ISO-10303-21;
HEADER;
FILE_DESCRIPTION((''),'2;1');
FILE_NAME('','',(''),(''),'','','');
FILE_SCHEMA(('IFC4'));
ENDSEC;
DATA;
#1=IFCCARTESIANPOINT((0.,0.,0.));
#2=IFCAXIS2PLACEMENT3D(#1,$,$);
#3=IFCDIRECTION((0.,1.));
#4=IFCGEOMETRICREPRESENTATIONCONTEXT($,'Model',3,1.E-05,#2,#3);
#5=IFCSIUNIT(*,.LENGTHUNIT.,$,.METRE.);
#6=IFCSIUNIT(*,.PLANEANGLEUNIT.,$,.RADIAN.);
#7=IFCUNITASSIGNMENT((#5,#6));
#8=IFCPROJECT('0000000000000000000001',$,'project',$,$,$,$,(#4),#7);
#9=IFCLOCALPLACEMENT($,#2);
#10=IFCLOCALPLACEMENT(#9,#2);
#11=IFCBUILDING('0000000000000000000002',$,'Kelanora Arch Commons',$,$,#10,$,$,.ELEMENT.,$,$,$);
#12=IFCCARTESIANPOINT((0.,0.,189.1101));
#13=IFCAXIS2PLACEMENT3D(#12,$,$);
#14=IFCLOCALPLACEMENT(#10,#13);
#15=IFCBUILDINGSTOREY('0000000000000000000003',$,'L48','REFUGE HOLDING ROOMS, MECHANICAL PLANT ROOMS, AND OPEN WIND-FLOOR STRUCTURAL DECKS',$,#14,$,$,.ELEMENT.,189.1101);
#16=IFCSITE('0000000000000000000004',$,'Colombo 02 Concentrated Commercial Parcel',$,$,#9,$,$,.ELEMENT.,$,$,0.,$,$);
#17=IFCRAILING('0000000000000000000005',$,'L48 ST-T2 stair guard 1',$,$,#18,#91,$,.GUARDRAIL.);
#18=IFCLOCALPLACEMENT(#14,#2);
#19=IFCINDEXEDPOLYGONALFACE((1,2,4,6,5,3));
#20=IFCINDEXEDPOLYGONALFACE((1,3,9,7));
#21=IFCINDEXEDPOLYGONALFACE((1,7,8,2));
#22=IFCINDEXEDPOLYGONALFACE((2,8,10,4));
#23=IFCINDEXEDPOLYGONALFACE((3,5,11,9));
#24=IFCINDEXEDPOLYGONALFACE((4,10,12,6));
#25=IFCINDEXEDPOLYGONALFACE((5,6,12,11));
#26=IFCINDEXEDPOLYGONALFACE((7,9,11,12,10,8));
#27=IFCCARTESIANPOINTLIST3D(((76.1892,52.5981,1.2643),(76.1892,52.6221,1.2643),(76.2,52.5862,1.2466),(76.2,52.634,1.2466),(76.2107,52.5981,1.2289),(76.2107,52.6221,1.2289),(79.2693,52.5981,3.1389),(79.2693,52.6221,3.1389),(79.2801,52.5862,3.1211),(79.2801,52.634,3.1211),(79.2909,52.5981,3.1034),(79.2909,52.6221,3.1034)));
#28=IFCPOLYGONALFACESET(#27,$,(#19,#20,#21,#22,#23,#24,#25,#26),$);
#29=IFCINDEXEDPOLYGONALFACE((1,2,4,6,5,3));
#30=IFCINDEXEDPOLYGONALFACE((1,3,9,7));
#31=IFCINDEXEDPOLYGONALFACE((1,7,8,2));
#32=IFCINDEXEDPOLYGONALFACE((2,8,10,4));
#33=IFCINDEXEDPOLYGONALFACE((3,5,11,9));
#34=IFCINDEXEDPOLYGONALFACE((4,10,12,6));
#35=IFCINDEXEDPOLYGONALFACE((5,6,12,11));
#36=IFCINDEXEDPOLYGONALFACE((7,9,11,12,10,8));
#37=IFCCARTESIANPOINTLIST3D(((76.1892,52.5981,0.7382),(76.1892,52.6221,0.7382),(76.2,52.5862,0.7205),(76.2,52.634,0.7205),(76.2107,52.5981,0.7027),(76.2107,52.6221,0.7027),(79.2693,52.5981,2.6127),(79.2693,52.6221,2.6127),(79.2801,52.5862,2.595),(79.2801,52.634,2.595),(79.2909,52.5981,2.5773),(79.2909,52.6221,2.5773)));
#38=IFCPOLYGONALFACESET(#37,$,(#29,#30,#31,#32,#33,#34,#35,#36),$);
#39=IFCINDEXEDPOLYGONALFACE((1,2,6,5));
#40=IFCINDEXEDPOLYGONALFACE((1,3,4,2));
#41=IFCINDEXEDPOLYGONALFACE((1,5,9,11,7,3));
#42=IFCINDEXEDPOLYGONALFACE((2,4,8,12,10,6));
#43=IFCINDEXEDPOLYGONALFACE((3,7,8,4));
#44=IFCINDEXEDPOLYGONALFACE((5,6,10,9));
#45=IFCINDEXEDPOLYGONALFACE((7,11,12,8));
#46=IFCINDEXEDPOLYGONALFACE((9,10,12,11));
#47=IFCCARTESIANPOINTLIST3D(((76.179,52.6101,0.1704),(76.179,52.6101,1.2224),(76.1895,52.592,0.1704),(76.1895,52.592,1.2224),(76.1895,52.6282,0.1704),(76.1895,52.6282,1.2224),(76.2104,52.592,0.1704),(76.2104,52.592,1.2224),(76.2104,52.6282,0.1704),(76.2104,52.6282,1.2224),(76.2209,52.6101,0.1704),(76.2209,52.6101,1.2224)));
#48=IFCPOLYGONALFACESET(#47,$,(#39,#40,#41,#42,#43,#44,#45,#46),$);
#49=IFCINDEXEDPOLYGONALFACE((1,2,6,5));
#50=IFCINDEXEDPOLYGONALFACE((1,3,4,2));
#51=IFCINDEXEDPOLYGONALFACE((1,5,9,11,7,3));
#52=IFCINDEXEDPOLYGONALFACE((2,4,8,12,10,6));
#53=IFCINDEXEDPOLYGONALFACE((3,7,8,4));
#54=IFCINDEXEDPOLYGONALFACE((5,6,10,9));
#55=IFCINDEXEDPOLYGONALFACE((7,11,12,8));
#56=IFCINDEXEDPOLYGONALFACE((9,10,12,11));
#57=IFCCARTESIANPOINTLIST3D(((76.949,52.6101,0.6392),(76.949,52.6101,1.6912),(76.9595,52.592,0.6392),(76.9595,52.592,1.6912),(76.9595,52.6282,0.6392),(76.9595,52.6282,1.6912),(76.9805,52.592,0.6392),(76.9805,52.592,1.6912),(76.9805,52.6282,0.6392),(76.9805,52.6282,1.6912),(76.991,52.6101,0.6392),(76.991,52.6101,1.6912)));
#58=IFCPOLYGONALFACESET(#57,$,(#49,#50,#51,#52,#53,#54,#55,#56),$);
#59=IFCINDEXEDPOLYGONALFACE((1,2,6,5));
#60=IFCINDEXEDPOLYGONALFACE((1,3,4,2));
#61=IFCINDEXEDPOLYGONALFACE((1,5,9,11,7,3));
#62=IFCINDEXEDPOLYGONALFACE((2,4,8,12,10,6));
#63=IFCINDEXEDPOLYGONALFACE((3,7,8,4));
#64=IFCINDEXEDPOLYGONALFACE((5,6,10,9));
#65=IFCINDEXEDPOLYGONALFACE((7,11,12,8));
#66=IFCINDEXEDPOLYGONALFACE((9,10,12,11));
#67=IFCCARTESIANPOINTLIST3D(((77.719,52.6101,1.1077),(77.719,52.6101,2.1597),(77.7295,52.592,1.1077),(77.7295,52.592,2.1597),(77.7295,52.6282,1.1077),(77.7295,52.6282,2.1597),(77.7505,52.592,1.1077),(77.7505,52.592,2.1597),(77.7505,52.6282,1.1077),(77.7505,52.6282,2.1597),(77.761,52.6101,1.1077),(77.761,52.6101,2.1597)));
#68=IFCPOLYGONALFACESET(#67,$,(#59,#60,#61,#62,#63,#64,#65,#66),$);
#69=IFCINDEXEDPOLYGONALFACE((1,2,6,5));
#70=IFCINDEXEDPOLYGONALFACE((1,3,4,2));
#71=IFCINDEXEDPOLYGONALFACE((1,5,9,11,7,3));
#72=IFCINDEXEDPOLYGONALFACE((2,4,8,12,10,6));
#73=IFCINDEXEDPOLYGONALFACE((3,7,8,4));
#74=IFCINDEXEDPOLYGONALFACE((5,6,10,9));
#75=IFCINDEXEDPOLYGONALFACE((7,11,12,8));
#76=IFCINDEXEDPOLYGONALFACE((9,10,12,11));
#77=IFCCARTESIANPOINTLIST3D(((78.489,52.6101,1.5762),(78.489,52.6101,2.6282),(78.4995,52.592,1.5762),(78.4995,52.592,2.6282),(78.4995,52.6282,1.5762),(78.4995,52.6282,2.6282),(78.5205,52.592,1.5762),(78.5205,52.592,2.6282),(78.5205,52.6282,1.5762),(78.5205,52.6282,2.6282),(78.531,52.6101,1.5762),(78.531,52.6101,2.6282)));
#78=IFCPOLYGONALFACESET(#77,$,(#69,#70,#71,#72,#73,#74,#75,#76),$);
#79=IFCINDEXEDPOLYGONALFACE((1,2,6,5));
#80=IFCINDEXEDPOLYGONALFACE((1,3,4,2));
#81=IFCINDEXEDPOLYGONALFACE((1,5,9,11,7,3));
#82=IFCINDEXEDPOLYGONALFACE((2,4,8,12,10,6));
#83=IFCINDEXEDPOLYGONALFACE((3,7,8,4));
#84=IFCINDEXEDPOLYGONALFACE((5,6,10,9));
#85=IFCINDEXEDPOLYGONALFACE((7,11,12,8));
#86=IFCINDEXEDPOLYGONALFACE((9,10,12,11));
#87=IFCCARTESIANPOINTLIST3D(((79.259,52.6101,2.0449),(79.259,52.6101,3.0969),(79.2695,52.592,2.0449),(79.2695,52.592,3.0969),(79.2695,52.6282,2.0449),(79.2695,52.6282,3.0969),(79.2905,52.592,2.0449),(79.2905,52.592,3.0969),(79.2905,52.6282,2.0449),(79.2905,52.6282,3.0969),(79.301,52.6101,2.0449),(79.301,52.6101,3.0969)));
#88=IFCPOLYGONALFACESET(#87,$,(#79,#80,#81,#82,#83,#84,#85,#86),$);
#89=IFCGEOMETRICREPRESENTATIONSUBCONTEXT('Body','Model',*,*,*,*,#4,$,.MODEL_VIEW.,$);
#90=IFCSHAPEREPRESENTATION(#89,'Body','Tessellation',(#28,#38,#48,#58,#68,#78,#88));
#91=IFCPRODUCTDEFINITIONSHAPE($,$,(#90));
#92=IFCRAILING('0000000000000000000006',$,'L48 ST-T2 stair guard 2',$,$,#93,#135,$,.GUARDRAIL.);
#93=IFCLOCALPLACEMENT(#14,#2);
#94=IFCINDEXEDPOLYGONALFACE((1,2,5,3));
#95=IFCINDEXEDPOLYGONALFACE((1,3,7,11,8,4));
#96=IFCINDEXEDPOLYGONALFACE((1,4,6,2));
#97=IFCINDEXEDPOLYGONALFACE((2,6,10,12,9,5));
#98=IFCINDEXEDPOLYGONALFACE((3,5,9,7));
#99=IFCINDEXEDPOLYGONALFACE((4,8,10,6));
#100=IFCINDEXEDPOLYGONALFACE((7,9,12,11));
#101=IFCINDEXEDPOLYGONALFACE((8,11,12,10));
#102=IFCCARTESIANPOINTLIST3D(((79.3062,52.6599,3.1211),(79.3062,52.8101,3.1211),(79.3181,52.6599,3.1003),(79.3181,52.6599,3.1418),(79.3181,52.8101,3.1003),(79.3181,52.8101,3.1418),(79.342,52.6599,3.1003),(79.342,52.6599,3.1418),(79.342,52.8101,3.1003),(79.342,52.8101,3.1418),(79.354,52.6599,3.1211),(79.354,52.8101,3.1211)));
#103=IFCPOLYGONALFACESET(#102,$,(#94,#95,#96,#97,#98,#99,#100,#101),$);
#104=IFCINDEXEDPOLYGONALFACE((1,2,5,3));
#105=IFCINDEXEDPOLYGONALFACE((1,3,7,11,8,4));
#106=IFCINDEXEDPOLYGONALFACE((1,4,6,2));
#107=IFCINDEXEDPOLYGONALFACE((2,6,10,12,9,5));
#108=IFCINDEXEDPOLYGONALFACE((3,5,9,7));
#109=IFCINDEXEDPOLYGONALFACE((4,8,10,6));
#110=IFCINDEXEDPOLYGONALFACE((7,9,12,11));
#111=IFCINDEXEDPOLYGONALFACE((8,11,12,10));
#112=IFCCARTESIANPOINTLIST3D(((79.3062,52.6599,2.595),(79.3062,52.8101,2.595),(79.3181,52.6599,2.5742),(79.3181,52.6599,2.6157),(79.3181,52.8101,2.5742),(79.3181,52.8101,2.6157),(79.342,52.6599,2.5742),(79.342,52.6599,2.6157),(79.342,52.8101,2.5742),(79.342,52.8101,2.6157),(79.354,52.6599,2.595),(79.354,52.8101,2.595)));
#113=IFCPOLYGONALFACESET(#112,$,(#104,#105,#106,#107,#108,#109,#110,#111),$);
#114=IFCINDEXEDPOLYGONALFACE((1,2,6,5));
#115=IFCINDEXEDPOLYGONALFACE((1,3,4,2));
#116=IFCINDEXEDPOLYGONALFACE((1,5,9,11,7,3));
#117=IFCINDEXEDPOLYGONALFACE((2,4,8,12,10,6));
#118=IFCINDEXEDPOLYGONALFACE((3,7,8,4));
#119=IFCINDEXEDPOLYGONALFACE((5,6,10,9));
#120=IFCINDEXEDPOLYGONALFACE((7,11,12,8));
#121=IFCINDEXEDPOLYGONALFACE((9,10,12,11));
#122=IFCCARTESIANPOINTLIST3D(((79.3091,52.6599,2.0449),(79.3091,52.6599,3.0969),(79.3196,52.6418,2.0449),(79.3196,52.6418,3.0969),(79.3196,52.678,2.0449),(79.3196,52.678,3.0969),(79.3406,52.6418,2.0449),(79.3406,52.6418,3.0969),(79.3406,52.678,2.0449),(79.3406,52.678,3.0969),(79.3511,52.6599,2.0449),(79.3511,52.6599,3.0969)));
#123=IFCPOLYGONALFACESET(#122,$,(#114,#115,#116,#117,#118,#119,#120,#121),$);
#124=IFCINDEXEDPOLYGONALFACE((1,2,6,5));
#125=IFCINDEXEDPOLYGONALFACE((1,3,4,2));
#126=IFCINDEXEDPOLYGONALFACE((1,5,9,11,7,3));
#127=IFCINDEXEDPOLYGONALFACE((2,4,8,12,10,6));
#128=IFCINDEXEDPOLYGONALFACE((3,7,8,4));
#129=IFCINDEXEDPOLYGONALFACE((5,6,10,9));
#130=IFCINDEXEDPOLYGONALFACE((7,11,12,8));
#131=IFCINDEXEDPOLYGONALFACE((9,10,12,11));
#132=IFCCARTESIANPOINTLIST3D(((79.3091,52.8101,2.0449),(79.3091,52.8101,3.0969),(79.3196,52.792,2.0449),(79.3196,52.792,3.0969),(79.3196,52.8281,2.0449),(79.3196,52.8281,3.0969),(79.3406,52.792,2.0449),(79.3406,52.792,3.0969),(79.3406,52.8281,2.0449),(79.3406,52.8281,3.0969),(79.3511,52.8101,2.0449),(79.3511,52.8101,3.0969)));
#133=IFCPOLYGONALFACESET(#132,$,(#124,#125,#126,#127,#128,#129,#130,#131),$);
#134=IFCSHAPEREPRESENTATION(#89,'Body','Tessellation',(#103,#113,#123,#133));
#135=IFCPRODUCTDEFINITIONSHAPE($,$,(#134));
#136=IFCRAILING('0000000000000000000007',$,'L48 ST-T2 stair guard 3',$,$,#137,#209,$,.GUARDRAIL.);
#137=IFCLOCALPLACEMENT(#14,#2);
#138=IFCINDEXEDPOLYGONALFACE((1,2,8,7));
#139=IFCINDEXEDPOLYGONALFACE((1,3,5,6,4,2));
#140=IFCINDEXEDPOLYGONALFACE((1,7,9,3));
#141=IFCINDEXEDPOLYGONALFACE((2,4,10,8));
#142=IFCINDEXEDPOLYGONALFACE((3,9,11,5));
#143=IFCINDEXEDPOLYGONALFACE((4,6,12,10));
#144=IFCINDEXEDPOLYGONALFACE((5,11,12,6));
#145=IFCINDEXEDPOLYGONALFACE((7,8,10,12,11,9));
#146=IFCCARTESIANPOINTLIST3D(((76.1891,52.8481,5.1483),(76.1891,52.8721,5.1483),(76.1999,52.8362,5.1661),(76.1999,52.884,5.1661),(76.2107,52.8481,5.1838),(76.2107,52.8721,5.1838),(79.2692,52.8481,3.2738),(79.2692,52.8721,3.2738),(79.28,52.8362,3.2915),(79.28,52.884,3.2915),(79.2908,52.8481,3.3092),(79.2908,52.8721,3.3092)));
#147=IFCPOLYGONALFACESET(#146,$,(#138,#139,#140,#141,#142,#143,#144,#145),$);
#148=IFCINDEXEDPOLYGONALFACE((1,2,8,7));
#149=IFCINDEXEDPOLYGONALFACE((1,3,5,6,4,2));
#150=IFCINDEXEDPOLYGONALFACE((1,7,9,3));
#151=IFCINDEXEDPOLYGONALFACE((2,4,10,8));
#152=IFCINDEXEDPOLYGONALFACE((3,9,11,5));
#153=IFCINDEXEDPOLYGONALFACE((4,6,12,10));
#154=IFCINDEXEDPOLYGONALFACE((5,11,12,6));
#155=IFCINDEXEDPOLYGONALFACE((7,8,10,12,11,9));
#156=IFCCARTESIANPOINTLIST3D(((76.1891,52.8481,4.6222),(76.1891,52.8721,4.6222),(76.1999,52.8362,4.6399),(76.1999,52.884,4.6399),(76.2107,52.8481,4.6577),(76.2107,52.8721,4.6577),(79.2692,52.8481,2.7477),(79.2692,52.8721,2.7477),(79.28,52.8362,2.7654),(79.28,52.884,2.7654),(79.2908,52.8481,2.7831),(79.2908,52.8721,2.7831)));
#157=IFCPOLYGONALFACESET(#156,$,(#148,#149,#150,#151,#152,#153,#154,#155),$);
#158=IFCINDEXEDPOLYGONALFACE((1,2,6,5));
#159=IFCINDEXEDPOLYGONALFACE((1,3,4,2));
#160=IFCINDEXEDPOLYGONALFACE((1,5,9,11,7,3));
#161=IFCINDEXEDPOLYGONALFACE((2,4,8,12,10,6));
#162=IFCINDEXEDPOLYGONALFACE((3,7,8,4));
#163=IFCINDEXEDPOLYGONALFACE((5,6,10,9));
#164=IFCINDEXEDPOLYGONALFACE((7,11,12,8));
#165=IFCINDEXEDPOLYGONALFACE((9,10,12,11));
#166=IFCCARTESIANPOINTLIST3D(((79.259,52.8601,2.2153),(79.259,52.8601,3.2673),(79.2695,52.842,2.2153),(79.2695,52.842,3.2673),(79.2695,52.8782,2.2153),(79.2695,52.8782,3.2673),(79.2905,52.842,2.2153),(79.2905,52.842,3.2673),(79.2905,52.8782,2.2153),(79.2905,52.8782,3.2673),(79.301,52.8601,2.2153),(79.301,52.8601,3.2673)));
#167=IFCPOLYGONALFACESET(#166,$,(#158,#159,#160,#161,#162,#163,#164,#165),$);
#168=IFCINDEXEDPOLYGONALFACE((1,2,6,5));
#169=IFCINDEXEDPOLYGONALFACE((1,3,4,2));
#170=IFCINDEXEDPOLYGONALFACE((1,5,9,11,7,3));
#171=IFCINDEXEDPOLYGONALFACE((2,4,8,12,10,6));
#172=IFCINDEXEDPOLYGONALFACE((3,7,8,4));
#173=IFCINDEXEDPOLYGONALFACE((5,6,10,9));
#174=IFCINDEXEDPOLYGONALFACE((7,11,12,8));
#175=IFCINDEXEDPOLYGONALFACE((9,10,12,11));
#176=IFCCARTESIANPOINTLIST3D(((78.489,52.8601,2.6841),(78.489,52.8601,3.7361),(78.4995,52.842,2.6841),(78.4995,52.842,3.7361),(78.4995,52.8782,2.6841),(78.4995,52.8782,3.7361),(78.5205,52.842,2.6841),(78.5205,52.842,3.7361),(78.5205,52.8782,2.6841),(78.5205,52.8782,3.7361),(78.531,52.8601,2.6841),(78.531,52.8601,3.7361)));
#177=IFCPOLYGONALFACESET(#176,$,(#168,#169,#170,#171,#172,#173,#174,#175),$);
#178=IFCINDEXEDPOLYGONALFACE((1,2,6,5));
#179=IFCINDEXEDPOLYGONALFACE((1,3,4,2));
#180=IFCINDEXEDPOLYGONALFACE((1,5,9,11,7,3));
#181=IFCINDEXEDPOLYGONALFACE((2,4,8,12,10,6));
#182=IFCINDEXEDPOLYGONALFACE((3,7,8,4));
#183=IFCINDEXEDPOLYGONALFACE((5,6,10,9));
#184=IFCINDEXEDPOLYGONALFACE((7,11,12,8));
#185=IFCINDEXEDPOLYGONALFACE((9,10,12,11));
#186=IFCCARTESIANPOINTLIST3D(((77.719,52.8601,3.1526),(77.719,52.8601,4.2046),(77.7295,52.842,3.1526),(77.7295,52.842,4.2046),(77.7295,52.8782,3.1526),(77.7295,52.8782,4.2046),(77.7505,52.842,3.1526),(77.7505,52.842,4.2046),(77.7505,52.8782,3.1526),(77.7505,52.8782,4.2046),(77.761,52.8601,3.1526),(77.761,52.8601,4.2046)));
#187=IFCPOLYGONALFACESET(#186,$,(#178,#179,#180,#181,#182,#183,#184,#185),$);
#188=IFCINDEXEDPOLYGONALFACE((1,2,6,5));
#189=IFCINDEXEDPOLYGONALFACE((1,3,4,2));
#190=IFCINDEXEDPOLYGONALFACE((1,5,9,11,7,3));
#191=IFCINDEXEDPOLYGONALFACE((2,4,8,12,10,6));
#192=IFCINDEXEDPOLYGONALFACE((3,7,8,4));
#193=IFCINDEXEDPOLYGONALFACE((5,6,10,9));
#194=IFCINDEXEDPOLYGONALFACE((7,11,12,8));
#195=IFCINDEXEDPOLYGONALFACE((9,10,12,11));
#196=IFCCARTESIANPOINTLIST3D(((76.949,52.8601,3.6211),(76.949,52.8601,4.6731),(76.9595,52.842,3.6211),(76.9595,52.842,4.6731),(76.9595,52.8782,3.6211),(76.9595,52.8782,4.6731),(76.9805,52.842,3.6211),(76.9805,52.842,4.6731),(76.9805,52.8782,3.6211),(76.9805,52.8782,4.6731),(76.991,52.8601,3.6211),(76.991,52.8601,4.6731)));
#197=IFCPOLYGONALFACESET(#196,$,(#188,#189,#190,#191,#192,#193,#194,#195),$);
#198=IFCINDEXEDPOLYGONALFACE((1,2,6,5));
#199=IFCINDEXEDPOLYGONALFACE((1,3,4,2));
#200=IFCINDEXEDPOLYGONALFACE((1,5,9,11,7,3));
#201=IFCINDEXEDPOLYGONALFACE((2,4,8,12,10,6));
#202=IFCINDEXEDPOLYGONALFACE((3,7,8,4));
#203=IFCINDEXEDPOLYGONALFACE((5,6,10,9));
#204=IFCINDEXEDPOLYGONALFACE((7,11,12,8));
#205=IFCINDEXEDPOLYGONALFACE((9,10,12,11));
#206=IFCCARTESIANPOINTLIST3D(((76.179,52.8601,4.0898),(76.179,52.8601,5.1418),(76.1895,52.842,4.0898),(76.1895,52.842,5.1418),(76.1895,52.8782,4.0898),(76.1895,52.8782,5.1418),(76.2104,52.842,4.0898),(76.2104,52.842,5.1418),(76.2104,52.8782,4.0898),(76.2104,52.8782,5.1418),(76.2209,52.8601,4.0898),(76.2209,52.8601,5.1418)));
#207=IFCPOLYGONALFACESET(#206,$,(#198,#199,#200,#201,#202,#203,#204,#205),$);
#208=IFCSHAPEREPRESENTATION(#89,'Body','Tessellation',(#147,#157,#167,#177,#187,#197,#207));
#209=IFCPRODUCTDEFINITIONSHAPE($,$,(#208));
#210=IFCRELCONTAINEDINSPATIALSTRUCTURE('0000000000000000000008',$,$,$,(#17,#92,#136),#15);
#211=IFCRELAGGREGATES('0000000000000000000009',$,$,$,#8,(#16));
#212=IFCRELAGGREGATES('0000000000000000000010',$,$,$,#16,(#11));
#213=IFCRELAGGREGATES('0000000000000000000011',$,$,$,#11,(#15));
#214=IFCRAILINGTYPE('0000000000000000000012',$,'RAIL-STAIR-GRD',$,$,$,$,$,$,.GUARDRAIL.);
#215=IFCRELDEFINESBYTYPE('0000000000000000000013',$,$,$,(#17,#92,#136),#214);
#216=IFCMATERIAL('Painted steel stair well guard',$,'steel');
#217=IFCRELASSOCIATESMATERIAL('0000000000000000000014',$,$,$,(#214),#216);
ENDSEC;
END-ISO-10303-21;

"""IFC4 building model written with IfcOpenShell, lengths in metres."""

from ifc_helpers import new_model, si_unit, direction, frame, origin, place, context, subcontext, project, spatial, polyline, outline, extrude, material, type_object, element, save


model = new_model("IFC4")

# Units and contexts
model_context = context("Model", 3, precision=1e-05, world=origin(), true_north=direction((0.0, 1.0)))
body_context = subcontext(model_context, "Body", "Model", "MODEL_VIEW")
ifc_project = project(units=[si_unit("LENGTHUNIT", "METRE"), si_unit("PLANEANGLEUNIT", "RADIAN")], contexts=[model_context])

# Site, building, storey
site_placement = place(None, origin())
site = spatial("IfcSite", under=ifc_project, at=site_placement, Name="Colombo 02 Concentrated Commercial Parcel", CompositionType="ELEMENT", RefElevation=0.0)
building_placement = place(site_placement, origin())
building = spatial("IfcBuilding", under=site, at=building_placement, Name="Kelanora Arch Commons", CompositionType="ELEMENT")
storey_placement = place(building_placement, frame((0.0, 0.0, 189.1101)))
storey = spatial("IfcBuildingStorey", under=building, at=storey_placement, Name="L48", Description="REFUGE HOLDING ROOMS, MECHANICAL PLANT ROOMS, AND OPEN WIND-FLOOR STRUCTURAL DECKS", CompositionType="ELEMENT", Elevation=189.1101)

# Railings
ifc_material_1 = material(Name="Painted steel stair well guard", Category="steel")
railing_type_1 = type_object("IfcRailingType", Name="RAIL-STAIR-GRD", PredefinedType="GUARDRAIL", material=ifc_material_1)
railing_1_placement = place(storey_placement, frame((76.2, 52.6101, 0.1704)))
element("IfcRailing", 1, at=railing_1_placement, inside=storey, type_object=railing_type_1, Name="L48 ST-T2 stair guard 1", PredefinedType="GUARDRAIL", context=body_context, shape_type="SweptSolid", body=[
    extrude(outline(polyline([(0.0239, 0.0), (0.012, 0.0208), (-0.012, 0.0208), (-0.0239, 0.0), (-0.012, -0.0208), (0.012, -0.0208), (0.0239, 0.0)])), frame((0.0, 0.0, 1.0762), z_axis=(0.854238, 0.0, 0.519883), x_axis=(0.0, 1.0, 0.0)), (0.0, 0.0, 1.0), 3.6057),
    extrude(outline(polyline([(0.0239, 0.0), (0.012, 0.0208), (-0.012, 0.0208), (-0.0239, 0.0), (-0.012, -0.0208), (0.012, -0.0208), (0.0239, 0.0)])), frame((0.0, 0.0, 0.55), z_axis=(0.854238, 0.0, 0.519883), x_axis=(0.0, 1.0, 0.0)), (0.0, 0.0, 1.0), 3.6057),
    extrude(outline(polyline([(0.021, 0.0), (0.0105, 0.0181), (-0.0105, 0.0181), (-0.021, 0.0), (-0.0105, -0.0181), (0.0105, -0.0181), (0.021, 0.0)])), origin(), (0.0, 0.0, 1.0), 1.052),
    extrude(outline(polyline([(0.021, 0.0), (0.0105, 0.0181), (-0.0105, 0.0181), (-0.021, 0.0), (-0.0105, -0.0181), (0.0105, -0.0181), (0.021, 0.0)])), frame((0.77, 0.0, 0.4688)), (0.0, 0.0, 1.0), 1.052),
    extrude(outline(polyline([(0.021, 0.0), (0.0105, 0.0181), (-0.0105, 0.0181), (-0.021, 0.0), (-0.0105, -0.0181), (0.0105, -0.0181), (0.021, 0.0)])), frame((1.54, 0.0, 0.9373)), (0.0, 0.0, 1.0), 1.052),
    extrude(outline(polyline([(0.021, 0.0), (0.0105, 0.0181), (-0.0105, 0.0181), (-0.021, 0.0), (-0.0105, -0.0181), (0.0105, -0.0181), (0.021, 0.0)])), frame((2.3101, 0.0, 1.4058)), (0.0, 0.0, 1.0), 1.052),
    extrude(outline(polyline([(0.021, 0.0), (0.0105, 0.0181), (-0.0105, 0.0181), (-0.021, 0.0), (-0.0105, -0.0181), (0.0105, -0.0181), (0.021, 0.0)])), frame((3.0801, 0.0, 1.8745)), (0.0, 0.0, 1.0), 1.052),
])
railing_2_placement = place(storey_placement, frame((79.3301, 52.6599, 2.0449)))
element("IfcRailing", 2, at=railing_2_placement, inside=storey, type_object=railing_type_1, Name="L48 ST-T2 stair guard 2", PredefinedType="GUARDRAIL", context=body_context, shape_type="SweptSolid", body=[
    extrude(outline(polyline([(0.0239, 0.0), (0.012, 0.0208), (-0.012, 0.0208), (-0.0239, 0.0), (-0.012, -0.0208), (0.012, -0.0208), (0.0239, 0.0)])), frame((0.0, 0.0, 1.0762), z_axis=(0.0, 1.0, 0.0), x_axis=(-1.0, 0.0, 0.0)), (0.0, 0.0, 1.0), 0.1501),
    extrude(outline(polyline([(0.0239, 0.0), (0.012, 0.0208), (-0.012, 0.0208), (-0.0239, 0.0), (-0.012, -0.0208), (0.012, -0.0208), (0.0239, 0.0)])), frame((0.0, 0.0, 0.55), z_axis=(0.0, 1.0, 0.0), x_axis=(-1.0, 0.0, 0.0)), (0.0, 0.0, 1.0), 0.1501),
    extrude(outline(polyline([(0.021, 0.0), (0.0105, 0.0181), (-0.0105, 0.0181), (-0.021, 0.0), (-0.0105, -0.0181), (0.0105, -0.0181), (0.021, 0.0)])), origin(), (0.0, 0.0, 1.0), 1.052),
    extrude(outline(polyline([(0.021, 0.0), (0.0105, 0.0181), (-0.0105, 0.0181), (-0.021, 0.0), (-0.0105, -0.0181), (0.0105, -0.0181), (0.021, 0.0)])), frame((0.0, 0.1501, 0.0)), (0.0, 0.0, 1.0), 1.052),
])
railing_3_placement = place(storey_placement, frame((79.28, 52.8601, 2.2153)))
element("IfcRailing", 3, at=railing_3_placement, inside=storey, type_object=railing_type_1, Name="L48 ST-T2 stair guard 3", PredefinedType="GUARDRAIL", context=body_context, shape_type="SweptSolid", body=[
    extrude(outline(polyline([(0.0239, 0.0), (0.012, 0.0208), (-0.012, 0.0208), (-0.0239, 0.0), (-0.012, -0.0208), (0.012, -0.0208), (0.0239, 0.0)])), frame((0.0, 0.0, 1.0762), z_axis=(-0.854238, 0.0, 0.519883), x_axis=(0.0, -1.0, 0.0)), (0.0, 0.0, 1.0), 3.6057),
    extrude(outline(polyline([(0.0239, 0.0), (0.012, 0.0208), (-0.012, 0.0208), (-0.0239, 0.0), (-0.012, -0.0208), (0.012, -0.0208), (0.0239, 0.0)])), frame((0.0, 0.0, 0.55), z_axis=(-0.854238, 0.0, 0.519883), x_axis=(0.0, -1.0, 0.0)), (0.0, 0.0, 1.0), 3.6057),
    extrude(outline(polyline([(0.021, 0.0), (0.0105, 0.0181), (-0.0105, 0.0181), (-0.021, 0.0), (-0.0105, -0.0181), (0.0105, -0.0181), (0.021, 0.0)])), origin(), (0.0, 0.0, 1.0), 1.052),
    extrude(outline(polyline([(0.021, 0.0), (0.0105, 0.0181), (-0.0105, 0.0181), (-0.021, 0.0), (-0.0105, -0.0181), (0.0105, -0.0181), (0.021, 0.0)])), frame((-0.77, 0.0, 0.4688)), (0.0, 0.0, 1.0), 1.052),
    extrude(outline(polyline([(0.021, 0.0), (0.0105, 0.0181), (-0.0105, 0.0181), (-0.021, 0.0), (-0.0105, -0.0181), (0.0105, -0.0181), (0.021, 0.0)])), frame((-1.54, 0.0, 0.9373)), (0.0, 0.0, 1.0), 1.052),
    extrude(outline(polyline([(0.021, 0.0), (0.0105, 0.0181), (-0.0105, 0.0181), (-0.021, 0.0), (-0.0105, -0.0181), (0.0105, -0.0181), (0.021, 0.0)])), frame((-2.3101, 0.0, 1.4058)), (0.0, 0.0, 1.0), 1.052),
    extrude(outline(polyline([(0.021, 0.0), (0.0105, 0.0181), (-0.0105, 0.0181), (-0.021, 0.0), (-0.0105, -0.0181), (0.0105, -0.0181), (0.021, 0.0)])), frame((-3.0801, 0.0, 1.8745)), (0.0, 0.0, 1.0), 1.052),
])

save(model, "model.ifc")
